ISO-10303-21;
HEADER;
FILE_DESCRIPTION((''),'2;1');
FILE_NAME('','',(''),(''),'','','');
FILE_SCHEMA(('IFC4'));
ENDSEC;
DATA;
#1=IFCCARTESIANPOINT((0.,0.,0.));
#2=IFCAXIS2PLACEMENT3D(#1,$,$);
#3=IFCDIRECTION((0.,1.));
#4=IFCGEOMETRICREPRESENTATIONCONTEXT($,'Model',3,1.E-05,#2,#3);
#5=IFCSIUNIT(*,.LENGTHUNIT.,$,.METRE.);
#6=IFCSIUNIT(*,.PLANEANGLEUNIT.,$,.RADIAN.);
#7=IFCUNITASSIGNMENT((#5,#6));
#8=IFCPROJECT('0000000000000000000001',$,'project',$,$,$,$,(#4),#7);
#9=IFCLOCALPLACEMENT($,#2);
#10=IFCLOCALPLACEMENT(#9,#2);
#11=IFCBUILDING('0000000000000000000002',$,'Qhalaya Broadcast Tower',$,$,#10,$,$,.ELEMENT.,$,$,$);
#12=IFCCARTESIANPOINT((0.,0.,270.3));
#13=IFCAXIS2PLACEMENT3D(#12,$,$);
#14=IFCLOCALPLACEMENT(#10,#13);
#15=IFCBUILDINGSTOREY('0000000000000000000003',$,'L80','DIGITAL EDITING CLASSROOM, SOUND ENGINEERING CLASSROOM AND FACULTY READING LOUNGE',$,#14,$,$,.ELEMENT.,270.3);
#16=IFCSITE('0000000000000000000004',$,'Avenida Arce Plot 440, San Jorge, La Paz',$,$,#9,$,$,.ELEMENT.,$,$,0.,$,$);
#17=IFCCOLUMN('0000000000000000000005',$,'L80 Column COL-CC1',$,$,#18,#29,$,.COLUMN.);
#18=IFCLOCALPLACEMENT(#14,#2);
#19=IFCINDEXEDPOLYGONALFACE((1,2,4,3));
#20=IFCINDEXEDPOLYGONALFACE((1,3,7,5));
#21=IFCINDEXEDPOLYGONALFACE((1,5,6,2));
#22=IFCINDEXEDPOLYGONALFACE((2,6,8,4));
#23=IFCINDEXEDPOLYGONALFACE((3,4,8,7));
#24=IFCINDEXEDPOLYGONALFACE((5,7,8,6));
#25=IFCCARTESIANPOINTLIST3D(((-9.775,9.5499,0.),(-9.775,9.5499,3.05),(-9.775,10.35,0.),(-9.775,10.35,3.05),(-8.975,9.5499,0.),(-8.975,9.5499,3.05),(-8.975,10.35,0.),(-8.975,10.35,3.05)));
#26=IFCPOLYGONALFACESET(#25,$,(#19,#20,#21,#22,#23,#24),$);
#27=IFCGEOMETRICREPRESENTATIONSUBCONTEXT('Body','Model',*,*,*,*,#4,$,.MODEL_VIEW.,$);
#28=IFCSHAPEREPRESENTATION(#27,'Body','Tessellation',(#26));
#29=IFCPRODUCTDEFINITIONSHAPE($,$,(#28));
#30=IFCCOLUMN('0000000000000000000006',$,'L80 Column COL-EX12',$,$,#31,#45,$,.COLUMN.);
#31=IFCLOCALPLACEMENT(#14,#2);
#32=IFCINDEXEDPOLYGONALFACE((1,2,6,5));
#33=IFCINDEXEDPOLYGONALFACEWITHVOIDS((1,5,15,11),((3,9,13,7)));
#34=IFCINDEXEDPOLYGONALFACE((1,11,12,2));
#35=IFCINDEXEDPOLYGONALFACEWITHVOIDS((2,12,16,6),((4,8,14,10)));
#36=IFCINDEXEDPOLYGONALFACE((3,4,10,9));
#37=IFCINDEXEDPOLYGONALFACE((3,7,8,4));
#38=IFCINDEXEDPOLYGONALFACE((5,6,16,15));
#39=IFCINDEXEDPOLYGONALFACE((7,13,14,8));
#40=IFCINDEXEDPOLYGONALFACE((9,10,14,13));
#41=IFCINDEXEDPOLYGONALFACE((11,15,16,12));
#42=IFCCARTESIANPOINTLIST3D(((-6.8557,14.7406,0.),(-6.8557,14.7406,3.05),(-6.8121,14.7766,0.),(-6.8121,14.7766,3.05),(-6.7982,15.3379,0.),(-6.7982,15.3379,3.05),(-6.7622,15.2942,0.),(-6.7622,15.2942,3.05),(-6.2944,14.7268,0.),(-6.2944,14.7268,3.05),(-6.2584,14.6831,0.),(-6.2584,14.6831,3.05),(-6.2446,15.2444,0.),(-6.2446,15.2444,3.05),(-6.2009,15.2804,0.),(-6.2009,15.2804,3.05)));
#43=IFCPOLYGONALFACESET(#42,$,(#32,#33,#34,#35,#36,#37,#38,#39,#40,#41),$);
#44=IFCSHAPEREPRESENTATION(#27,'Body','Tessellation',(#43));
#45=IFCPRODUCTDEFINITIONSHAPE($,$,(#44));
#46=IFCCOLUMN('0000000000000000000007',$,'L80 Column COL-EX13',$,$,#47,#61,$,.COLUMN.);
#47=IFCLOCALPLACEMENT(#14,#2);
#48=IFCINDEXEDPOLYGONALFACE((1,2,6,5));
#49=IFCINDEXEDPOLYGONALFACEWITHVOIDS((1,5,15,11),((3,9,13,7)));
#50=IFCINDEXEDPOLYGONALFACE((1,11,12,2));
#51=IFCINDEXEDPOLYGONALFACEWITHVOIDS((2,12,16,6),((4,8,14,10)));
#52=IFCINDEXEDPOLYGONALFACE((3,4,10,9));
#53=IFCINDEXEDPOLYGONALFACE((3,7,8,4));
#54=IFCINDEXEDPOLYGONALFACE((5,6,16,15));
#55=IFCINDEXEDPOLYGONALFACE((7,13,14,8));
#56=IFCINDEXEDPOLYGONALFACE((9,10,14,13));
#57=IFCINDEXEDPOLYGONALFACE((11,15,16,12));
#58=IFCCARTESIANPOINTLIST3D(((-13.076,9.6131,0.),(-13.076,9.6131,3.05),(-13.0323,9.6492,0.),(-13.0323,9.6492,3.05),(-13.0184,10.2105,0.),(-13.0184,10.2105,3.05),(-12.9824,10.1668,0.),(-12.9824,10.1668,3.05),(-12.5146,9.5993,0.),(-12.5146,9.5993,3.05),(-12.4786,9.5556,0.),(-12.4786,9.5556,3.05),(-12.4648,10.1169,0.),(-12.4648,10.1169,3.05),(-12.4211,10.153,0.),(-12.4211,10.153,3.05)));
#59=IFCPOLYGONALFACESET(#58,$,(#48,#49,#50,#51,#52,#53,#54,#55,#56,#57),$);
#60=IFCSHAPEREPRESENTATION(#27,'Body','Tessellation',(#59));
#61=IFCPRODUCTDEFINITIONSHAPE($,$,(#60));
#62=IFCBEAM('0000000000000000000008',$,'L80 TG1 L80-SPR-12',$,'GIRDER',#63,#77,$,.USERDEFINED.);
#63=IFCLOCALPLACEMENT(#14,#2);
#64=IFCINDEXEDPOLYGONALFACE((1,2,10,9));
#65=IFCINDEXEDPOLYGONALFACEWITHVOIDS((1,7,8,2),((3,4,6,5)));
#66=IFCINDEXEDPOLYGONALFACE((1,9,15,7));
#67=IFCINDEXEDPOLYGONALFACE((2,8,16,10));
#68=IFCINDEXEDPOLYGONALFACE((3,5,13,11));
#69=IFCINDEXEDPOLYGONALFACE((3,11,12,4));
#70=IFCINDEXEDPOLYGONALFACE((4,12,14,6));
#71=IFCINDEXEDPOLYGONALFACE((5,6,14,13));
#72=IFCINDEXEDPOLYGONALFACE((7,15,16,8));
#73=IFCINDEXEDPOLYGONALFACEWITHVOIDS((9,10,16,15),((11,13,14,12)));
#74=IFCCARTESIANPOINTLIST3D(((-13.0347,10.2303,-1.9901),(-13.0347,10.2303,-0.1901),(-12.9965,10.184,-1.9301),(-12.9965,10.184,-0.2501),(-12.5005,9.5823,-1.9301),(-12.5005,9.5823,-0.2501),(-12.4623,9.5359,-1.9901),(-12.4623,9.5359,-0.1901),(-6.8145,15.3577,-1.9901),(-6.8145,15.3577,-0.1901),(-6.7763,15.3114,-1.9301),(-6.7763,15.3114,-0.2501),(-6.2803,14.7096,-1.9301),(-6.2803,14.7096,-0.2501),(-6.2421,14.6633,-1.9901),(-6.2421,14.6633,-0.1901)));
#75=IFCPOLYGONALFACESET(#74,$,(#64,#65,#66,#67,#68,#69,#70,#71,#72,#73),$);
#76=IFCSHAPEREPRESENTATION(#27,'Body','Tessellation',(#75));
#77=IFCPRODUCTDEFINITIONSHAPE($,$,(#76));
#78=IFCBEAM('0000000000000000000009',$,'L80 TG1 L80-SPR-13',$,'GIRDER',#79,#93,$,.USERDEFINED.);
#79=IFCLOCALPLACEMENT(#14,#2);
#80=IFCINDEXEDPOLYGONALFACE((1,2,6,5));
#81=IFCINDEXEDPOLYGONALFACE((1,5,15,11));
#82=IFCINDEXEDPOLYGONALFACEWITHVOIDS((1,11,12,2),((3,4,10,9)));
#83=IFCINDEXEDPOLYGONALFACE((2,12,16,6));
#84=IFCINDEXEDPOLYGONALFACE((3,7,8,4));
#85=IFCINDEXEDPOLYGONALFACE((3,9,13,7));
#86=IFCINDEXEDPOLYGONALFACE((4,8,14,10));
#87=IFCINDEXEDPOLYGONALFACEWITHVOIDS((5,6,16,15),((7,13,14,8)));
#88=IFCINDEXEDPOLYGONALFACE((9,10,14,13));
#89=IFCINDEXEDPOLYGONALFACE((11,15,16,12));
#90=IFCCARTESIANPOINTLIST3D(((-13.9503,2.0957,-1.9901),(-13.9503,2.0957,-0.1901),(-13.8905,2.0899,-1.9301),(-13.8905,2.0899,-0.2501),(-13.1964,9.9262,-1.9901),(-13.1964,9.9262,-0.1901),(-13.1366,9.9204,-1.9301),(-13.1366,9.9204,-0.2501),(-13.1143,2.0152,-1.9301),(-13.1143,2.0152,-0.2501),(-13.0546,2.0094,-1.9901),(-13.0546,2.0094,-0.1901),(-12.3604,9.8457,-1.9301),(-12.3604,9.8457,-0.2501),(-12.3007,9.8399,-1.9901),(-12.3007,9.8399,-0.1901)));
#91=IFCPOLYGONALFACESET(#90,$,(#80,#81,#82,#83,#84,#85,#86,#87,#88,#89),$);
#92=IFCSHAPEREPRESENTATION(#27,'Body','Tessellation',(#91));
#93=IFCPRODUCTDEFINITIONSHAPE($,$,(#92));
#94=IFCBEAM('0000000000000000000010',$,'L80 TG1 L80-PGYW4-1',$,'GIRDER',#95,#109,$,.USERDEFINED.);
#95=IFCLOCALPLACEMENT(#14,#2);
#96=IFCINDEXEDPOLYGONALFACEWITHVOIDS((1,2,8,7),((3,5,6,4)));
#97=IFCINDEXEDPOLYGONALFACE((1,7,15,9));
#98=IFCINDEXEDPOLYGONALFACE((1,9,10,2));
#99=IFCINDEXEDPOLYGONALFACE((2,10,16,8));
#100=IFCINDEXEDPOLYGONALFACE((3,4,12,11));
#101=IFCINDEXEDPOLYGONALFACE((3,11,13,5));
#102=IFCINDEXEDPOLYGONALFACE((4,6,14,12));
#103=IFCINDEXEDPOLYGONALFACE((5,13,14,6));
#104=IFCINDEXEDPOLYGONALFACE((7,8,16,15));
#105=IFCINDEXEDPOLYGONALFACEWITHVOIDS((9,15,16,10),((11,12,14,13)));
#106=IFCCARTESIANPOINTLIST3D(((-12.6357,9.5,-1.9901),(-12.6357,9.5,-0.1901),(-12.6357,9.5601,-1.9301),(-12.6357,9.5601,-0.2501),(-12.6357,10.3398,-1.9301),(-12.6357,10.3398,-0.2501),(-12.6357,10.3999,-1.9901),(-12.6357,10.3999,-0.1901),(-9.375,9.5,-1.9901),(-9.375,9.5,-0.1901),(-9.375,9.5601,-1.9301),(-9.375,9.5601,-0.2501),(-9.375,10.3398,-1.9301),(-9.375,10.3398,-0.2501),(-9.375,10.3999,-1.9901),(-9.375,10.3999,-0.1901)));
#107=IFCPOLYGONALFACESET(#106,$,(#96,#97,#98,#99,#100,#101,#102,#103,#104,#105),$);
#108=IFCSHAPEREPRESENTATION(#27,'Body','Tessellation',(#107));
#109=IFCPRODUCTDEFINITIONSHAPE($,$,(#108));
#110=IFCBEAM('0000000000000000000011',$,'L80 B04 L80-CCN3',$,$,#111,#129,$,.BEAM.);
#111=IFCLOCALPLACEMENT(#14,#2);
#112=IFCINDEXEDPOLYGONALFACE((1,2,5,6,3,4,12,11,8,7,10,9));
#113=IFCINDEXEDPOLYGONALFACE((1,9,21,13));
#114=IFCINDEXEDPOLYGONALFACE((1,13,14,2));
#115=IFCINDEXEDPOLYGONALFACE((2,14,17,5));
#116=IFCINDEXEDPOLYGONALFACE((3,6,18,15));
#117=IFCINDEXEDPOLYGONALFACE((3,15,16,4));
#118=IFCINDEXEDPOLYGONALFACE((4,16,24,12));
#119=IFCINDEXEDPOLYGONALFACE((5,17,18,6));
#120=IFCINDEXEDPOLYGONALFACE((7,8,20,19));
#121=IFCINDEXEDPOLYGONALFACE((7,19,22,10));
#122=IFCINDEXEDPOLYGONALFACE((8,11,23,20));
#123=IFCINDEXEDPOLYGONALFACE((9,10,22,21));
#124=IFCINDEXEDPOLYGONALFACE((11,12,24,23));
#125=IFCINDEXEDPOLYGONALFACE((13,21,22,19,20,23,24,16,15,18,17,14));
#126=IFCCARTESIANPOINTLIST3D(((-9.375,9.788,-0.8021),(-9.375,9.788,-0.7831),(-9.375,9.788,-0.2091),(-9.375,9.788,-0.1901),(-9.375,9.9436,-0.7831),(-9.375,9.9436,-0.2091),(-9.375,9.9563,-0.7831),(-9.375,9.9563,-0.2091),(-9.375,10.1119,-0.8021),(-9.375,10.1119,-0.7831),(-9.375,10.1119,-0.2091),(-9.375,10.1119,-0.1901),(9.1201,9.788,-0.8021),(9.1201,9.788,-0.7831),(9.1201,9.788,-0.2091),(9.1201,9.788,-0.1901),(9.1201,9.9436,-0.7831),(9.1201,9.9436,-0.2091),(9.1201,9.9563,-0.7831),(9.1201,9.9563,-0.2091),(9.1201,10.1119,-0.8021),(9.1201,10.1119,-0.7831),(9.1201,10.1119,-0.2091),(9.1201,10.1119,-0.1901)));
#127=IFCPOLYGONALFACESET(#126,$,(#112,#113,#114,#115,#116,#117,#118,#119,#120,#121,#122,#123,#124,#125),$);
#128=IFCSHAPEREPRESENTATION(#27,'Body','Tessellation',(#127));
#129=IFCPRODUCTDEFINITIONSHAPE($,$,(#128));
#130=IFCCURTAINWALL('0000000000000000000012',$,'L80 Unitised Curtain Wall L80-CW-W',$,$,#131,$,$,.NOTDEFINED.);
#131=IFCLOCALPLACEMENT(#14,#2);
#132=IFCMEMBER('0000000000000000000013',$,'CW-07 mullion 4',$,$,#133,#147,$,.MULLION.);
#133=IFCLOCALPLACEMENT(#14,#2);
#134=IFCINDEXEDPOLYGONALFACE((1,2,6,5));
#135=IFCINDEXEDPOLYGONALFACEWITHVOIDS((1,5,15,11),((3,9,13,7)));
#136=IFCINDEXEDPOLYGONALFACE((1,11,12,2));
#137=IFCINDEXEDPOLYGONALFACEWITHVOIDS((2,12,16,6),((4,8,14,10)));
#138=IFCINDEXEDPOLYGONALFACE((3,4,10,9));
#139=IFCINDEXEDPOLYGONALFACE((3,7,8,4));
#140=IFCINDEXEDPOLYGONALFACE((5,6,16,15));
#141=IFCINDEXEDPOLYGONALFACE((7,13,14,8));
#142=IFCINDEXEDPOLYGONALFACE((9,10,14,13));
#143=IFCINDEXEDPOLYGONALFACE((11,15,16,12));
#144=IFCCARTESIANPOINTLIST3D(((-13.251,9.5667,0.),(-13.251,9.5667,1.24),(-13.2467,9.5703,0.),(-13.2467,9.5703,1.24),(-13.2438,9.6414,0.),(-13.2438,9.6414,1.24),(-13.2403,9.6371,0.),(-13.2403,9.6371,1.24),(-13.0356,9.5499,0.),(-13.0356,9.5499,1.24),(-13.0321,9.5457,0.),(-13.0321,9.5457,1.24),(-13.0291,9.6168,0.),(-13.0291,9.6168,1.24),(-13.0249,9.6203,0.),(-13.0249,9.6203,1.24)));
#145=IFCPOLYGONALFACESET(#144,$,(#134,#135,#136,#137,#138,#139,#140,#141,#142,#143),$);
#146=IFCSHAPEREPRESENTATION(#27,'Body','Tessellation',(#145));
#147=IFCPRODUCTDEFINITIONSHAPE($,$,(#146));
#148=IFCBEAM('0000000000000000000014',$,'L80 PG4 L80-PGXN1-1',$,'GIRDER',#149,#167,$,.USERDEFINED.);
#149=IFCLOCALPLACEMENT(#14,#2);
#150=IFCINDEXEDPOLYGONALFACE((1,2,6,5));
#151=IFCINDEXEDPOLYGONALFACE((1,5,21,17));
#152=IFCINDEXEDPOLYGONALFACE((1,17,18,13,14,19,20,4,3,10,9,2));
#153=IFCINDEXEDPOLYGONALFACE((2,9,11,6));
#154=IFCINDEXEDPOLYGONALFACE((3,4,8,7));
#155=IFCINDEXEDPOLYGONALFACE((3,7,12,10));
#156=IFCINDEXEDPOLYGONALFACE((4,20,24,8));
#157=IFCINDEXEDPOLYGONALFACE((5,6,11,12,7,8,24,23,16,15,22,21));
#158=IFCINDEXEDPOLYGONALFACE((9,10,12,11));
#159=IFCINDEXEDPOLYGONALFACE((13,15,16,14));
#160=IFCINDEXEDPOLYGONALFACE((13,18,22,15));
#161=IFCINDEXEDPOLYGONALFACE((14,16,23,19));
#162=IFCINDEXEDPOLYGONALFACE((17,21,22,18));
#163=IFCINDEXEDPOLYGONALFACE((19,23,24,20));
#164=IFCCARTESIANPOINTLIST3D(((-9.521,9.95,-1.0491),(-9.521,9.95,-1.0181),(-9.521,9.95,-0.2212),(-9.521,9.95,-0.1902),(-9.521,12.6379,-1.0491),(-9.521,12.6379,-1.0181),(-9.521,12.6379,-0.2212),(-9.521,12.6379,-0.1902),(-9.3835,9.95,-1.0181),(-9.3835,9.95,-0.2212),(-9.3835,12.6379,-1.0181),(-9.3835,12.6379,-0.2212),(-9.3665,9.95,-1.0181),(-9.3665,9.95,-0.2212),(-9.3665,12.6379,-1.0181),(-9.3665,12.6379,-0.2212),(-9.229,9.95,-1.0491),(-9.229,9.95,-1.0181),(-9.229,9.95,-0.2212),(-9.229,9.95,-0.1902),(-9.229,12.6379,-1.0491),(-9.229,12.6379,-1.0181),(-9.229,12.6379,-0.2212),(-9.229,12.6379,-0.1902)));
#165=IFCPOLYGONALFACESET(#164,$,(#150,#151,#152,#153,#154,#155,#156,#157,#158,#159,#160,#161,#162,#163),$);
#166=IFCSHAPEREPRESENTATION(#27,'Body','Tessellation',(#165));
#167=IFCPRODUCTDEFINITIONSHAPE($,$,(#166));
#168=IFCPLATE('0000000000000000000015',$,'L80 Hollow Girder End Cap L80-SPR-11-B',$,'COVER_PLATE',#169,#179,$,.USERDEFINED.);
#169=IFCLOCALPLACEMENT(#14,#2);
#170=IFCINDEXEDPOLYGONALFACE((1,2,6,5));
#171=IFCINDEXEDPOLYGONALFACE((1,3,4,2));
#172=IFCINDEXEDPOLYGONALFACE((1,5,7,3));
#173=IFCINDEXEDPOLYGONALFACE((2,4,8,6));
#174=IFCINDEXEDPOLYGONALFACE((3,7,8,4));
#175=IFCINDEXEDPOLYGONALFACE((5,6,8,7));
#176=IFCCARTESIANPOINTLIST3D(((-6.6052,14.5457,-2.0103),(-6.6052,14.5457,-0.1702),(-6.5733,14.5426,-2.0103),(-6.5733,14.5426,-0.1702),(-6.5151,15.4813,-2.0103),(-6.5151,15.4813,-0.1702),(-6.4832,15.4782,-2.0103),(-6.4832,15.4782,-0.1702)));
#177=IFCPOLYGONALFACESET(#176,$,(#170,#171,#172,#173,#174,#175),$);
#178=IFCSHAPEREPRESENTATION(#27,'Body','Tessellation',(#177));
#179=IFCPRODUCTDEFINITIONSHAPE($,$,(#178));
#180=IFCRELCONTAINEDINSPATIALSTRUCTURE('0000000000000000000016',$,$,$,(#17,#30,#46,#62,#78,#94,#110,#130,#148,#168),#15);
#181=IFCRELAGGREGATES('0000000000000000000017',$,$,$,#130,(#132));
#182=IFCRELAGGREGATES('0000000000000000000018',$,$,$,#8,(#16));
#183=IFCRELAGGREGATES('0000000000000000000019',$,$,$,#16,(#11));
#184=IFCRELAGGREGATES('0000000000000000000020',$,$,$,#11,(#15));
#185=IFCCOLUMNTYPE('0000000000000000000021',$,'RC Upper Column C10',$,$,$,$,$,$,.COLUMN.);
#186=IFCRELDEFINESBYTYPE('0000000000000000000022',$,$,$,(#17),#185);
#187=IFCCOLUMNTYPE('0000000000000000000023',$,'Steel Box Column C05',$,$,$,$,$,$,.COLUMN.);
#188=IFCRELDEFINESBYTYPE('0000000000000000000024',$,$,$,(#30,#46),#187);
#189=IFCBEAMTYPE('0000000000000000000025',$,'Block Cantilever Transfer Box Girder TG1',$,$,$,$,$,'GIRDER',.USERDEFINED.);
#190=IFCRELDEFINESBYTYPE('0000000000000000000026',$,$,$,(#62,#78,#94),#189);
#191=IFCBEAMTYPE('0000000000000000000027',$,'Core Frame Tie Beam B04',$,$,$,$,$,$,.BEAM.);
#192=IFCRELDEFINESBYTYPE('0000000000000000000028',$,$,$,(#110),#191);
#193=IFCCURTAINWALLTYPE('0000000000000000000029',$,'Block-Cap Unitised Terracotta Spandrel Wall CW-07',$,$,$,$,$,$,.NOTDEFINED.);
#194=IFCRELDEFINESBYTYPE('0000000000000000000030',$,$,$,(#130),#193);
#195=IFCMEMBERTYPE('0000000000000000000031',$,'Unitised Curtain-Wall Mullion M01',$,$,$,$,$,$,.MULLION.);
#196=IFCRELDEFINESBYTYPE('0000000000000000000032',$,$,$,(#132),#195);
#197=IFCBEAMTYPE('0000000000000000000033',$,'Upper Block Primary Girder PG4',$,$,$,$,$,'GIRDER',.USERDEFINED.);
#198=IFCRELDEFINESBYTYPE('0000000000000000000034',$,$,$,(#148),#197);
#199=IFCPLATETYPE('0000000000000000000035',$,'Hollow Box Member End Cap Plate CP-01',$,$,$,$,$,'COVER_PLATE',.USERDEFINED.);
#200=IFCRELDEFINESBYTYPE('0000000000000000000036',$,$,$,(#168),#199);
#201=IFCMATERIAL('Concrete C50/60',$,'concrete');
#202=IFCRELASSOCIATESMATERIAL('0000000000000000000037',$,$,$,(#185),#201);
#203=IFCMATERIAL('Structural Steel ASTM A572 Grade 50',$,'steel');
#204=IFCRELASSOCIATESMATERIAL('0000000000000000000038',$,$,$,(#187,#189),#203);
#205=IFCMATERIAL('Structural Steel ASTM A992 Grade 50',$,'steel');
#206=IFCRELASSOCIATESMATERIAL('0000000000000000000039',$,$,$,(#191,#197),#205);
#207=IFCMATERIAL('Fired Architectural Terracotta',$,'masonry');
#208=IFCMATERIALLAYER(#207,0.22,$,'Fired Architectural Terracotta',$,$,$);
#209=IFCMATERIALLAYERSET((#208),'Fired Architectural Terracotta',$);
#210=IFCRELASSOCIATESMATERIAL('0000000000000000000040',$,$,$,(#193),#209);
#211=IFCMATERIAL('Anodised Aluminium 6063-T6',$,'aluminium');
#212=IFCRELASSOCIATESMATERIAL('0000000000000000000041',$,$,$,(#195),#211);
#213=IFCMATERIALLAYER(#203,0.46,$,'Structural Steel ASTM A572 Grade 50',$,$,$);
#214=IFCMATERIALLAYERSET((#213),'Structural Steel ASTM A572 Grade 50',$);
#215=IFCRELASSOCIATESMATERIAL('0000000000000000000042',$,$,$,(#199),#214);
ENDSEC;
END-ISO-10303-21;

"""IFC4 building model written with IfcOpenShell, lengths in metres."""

from ifc_helpers import new_model, si_unit, direction, frame, origin, origin_2d, place, context, subcontext, project, spatial, rectangle, hollow_rectangle, i_section, extrude, material, layer, layer_set, material_profile, profile_set, type_object, element, aggregate, save


model = new_model("IFC4")

# Units and contexts
model_context = context("Model", 3, precision=1e-05, world=origin(), true_north=direction((0.0, 1.0)))
body_context = subcontext(model_context, "Body", "Model", "MODEL_VIEW")
ifc_project = project(units=[si_unit("LENGTHUNIT", "METRE"), si_unit("PLANEANGLEUNIT", "RADIAN")], contexts=[model_context])

# Site, building, storey
site_placement = place(None, origin())
site = spatial("IfcSite", under=ifc_project, at=site_placement, Name="Avenida Arce Plot 440, San Jorge, La Paz", CompositionType="ELEMENT", RefElevation=0.0)
building_placement = place(site_placement, origin())
building = spatial("IfcBuilding", under=site, at=building_placement, Name="Qhalaya Broadcast Tower", CompositionType="ELEMENT")
storey_placement = place(building_placement, frame((0.0, 0.0, 270.3)))
storey = spatial("IfcBuildingStorey", under=building, at=storey_placement, Name="L80", Description="DIGITAL EDITING CLASSROOM, SOUND ENGINEERING CLASSROOM AND FACULTY READING LOUNGE", CompositionType="ELEMENT", Elevation=270.3)

# Columns
ifc_material_1 = material(Name="Concrete C50/60", Category="concrete")
ifc_material_profile_1 = material_profile(ifc_material_1, rectangle(XDim=0.8, YDim=0.8, at=origin_2d()), Name="RC-COL 800x800")
ifc_profile_set_1 = profile_set([ifc_material_profile_1], Name="Concrete C50/60")
column_type_1 = type_object("IfcColumnType", Name="RC Upper Column C10", PredefinedType="COLUMN", material=ifc_profile_set_1)
column_placement = place(storey_placement, frame((-9.375, 9.95, 0.0), z_axis=(0.0, 0.0, 1.0), x_axis=(1.0, 0.0, 0.0)))
element("IfcColumn", 1, at=column_placement, inside=storey, type_object=column_type_1, Name="L80 Column COL-CC1", PredefinedType="COLUMN", context=body_context, shape_type="SweptSolid", body=[
    extrude(rectangle(XDim=0.8, YDim=0.8, at=origin_2d()), origin(), (0.0, 0.0, 1.0), 3.05),
])
ifc_material_2 = material(Name="Structural Steel ASTM A572 Grade 50", Category="steel")
ifc_material_profile_2 = material_profile(ifc_material_2, hollow_rectangle(XDim=0.6001, YDim=0.6001, WallThickness=0.04, at=origin_2d()), Name="BOX 600x600x40")
ifc_profile_set_2 = profile_set([ifc_material_profile_2], Name="Structural Steel ASTM A572 Grade 50")
column_type_2 = type_object("IfcColumnType", Name="Steel Box Column C05", PredefinedType="COLUMN", material=ifc_profile_set_2)
for number, where, z_axis, x_axis, name in (
    (2, (-6.5283, 15.0105, 0.0), (0.0, 0.0, 1.0), (0.995396, -0.095846, 0.0), "L80 Column COL-EX12"),
    (3, (-12.7485, 9.8831, 0.0), (0.0, 0.0, 1.0), (0.095846, 0.995396, 0.0), "L80 Column COL-EX13"),
):
    element("IfcColumn", number, at=place(storey_placement, frame(where, z_axis=z_axis, x_axis=x_axis)), inside=storey, type_object=column_type_2, Name=name, PredefinedType="COLUMN", context=body_context, shape_type="SweptSolid", body=[
        extrude(hollow_rectangle(XDim=0.6001, YDim=0.6001, WallThickness=0.04, at=origin_2d()), origin(), (0.0, 0.0, 1.0), 3.05),
    ])

# Beams
ifc_material_profile_3 = material_profile(ifc_material_2, hollow_rectangle(XDim=0.8999, YDim=1.8, WallThickness=0.0601, at=origin_2d()), Name="BOX 900x1800x60")
ifc_profile_set_3 = profile_set([ifc_material_profile_3], Name="Structural Steel ASTM A572 Grade 50")
beam_type_1 = type_object("IfcBeamType", Name="Block Cantilever Transfer Box Girder TG1", ElementType="GIRDER", PredefinedType="USERDEFINED", material=ifc_profile_set_3)
beam_1_placement = place(storey_placement, frame((-6.5283, 15.0105, -1.0901), z_axis=(-0.771631, -0.63607, 0.0), x_axis=(0.63607, -0.771631, 0.0)))
element("IfcBeam", 4, at=beam_1_placement, inside=storey, type_object=beam_type_1, Name="L80 TG1 L80-SPR-12", ObjectType="GIRDER", PredefinedType="USERDEFINED", context=body_context, shape_type="SweptSolid", body=[
    extrude(hollow_rectangle(XDim=0.8999, YDim=1.8, WallThickness=0.0601, at=origin_2d()), origin(), (0.0, 0.0, 1.0), 8.061),
])
beam_2_placement = place(storey_placement, frame((-12.7485, 9.8831, -1.0901), z_axis=(-0.095834, -0.995397, 0.0), x_axis=(0.995397, -0.095834, 0.0)))
element("IfcBeam", 5, at=beam_2_placement, inside=storey, type_object=beam_type_1, Name="L80 TG1 L80-SPR-13", ObjectType="GIRDER", PredefinedType="USERDEFINED", context=body_context, shape_type="SweptSolid", body=[
    extrude(hollow_rectangle(XDim=0.8999, YDim=1.8, WallThickness=0.0601, at=origin_2d()), origin(), (0.0, 0.0, 1.0), 7.8667),
])
beam_3_placement = place(storey_placement, frame((-12.6357, 9.95, -1.0901), z_axis=(1.0, 0.0, 0.0), x_axis=(0.0, 1.0, 0.0)))
element("IfcBeam", 6, at=beam_3_placement, inside=storey, type_object=beam_type_1, Name="L80 TG1 L80-PGYW4-1", ObjectType="GIRDER", PredefinedType="USERDEFINED", context=body_context, shape_type="SweptSolid", body=[
    extrude(hollow_rectangle(XDim=0.8999, YDim=1.8, WallThickness=0.0601, at=origin_2d()), origin(), (0.0, 0.0, 1.0), 3.2607),
])
ifc_material_3 = material(Name="Structural Steel ASTM A992 Grade 50", Category="steel")
ifc_material_profile_4 = material_profile(ifc_material_3, i_section(OverallWidth=0.324, OverallDepth=0.6121, WebThickness=0.0127, FlangeThickness=0.019, at=origin_2d()), Name="W24X104")
ifc_profile_set_4 = profile_set([ifc_material_profile_4], Name="Structural Steel ASTM A992 Grade 50")
beam_type_2 = type_object("IfcBeamType", Name="Core Frame Tie Beam B04", PredefinedType="BEAM", material=ifc_profile_set_4)
beam_4_placement = place(storey_placement, frame((-9.375, 9.95, -0.4961), z_axis=(1.0, 0.0, 0.0), x_axis=(0.0, 1.0, 0.0)))
element("IfcBeam", 7, at=beam_4_placement, inside=storey, type_object=beam_type_2, Name="L80 B04 L80-CCN3", PredefinedType="BEAM", context=body_context, shape_type="SweptSolid", body=[
    extrude(i_section(OverallWidth=0.324, OverallDepth=0.6121, WebThickness=0.0127, FlangeThickness=0.019, at=origin_2d()), origin(), (0.0, 0.0, 1.0), 18.4951),
])

# Curtain wall, member
ifc_material_4 = material(Name="Fired Architectural Terracotta", Category="masonry")
ifc_layer_1 = layer(ifc_material_4, 0.22, Name="Fired Architectural Terracotta")
ifc_layer_set_1 = layer_set([ifc_layer_1], Name="Fired Architectural Terracotta")
curtain_wall_type = type_object("IfcCurtainWallType", Name="Block-Cap Unitised Terracotta Spandrel Wall CW-07", PredefinedType="NOTDEFINED", material=ifc_layer_set_1)
curtain_wall_placement = place(storey_placement, origin())
curtain_wall = element("IfcCurtainWall", 8, at=curtain_wall_placement, inside=storey, type_object=curtain_wall_type, Name="L80 Unitised Curtain Wall L80-CW-W", PredefinedType="NOTDEFINED")
ifc_material_5 = material(Name="Anodised Aluminium 6063-T6", Category="aluminium")
ifc_material_profile_5 = material_profile(ifc_material_5, hollow_rectangle(XDim=0.075, YDim=0.22, WallThickness=0.0039, at=origin_2d()), Name="ALU-MUL 75x220x4")
ifc_profile_set_5 = profile_set([ifc_material_profile_5], Name="Anodised Aluminium 6063-T6")
member_type = type_object("IfcMemberType", Name="Unitised Curtain-Wall Mullion M01", PredefinedType="MULLION", material=ifc_profile_set_5)
member_placement = place(storey_placement, frame((-13.1379, 9.5935, 0.0), z_axis=(0.0, 0.0, 1.0), x_axis=(0.095848, 0.995396, 0.0)))
member = element("IfcMember", 9, at=member_placement, type_object=member_type, Name="CW-07 mullion 4", PredefinedType="MULLION", context=body_context, shape_type="SweptSolid", body=[
    extrude(hollow_rectangle(XDim=0.075, YDim=0.22, WallThickness=0.0039, at=origin_2d()), origin(), (0.0, 0.0, 1.0), 1.24),
])
aggregate(curtain_wall, [member])

# Beam
ifc_material_profile_6 = material_profile(ifc_material_3, i_section(OverallWidth=0.292, OverallDepth=0.8589, WebThickness=0.0171, FlangeThickness=0.031, at=origin_2d()), Name="W33X169")
ifc_profile_set_6 = profile_set([ifc_material_profile_6], Name="Structural Steel ASTM A992 Grade 50")
beam_type_3 = type_object("IfcBeamType", Name="Upper Block Primary Girder PG4", ElementType="GIRDER", PredefinedType="USERDEFINED", material=ifc_profile_set_6)
beam_5_placement = place(storey_placement, frame((-9.375, 9.95, -0.6196), z_axis=(0.0, 1.0, 0.0), x_axis=(-1.0, 0.0, 0.0)))
element("IfcBeam", 10, at=beam_5_placement, inside=storey, type_object=beam_type_3, Name="L80 PG4 L80-PGXN1-1", ObjectType="GIRDER", PredefinedType="USERDEFINED", context=body_context, shape_type="SweptSolid", body=[
    extrude(i_section(OverallWidth=0.292, OverallDepth=0.8589, WebThickness=0.0171, FlangeThickness=0.031, at=origin_2d()), origin(), (0.0, 0.0, 1.0), 2.688),
])

# Plate
ifc_layer_2 = layer(ifc_material_2, 0.46, Name="Structural Steel ASTM A572 Grade 50")
ifc_layer_set_2 = layer_set([ifc_layer_2], Name="Structural Steel ASTM A572 Grade 50")
plate_type = type_object("IfcPlateType", Name="Hollow Box Member End Cap Plate CP-01", ElementType="COVER_PLATE", PredefinedType="USERDEFINED", material=ifc_layer_set_2)
for number, where, z_axis, x_axis, name in (
    (11, (-6.5442, 15.012, -2.0103), (0.0, 0.0, 1.0), (-0.095846, -0.995396, 0.0), "L80 Hollow Girder End Cap L80-SPR-11-B"),
):
    element("IfcPlate", number, at=place(storey_placement, frame(where, z_axis=z_axis, x_axis=x_axis)), inside=storey, type_object=plate_type, Name=name, ObjectType="COVER_PLATE", PredefinedType="USERDEFINED", context=body_context, shape_type="SweptSolid", body=[
        extrude(rectangle(XDim=0.9399, YDim=0.032, at=origin_2d()), origin(), (0.0, 0.0, 1.0), 1.8401),
    ])

save(model, "model.ifc")
